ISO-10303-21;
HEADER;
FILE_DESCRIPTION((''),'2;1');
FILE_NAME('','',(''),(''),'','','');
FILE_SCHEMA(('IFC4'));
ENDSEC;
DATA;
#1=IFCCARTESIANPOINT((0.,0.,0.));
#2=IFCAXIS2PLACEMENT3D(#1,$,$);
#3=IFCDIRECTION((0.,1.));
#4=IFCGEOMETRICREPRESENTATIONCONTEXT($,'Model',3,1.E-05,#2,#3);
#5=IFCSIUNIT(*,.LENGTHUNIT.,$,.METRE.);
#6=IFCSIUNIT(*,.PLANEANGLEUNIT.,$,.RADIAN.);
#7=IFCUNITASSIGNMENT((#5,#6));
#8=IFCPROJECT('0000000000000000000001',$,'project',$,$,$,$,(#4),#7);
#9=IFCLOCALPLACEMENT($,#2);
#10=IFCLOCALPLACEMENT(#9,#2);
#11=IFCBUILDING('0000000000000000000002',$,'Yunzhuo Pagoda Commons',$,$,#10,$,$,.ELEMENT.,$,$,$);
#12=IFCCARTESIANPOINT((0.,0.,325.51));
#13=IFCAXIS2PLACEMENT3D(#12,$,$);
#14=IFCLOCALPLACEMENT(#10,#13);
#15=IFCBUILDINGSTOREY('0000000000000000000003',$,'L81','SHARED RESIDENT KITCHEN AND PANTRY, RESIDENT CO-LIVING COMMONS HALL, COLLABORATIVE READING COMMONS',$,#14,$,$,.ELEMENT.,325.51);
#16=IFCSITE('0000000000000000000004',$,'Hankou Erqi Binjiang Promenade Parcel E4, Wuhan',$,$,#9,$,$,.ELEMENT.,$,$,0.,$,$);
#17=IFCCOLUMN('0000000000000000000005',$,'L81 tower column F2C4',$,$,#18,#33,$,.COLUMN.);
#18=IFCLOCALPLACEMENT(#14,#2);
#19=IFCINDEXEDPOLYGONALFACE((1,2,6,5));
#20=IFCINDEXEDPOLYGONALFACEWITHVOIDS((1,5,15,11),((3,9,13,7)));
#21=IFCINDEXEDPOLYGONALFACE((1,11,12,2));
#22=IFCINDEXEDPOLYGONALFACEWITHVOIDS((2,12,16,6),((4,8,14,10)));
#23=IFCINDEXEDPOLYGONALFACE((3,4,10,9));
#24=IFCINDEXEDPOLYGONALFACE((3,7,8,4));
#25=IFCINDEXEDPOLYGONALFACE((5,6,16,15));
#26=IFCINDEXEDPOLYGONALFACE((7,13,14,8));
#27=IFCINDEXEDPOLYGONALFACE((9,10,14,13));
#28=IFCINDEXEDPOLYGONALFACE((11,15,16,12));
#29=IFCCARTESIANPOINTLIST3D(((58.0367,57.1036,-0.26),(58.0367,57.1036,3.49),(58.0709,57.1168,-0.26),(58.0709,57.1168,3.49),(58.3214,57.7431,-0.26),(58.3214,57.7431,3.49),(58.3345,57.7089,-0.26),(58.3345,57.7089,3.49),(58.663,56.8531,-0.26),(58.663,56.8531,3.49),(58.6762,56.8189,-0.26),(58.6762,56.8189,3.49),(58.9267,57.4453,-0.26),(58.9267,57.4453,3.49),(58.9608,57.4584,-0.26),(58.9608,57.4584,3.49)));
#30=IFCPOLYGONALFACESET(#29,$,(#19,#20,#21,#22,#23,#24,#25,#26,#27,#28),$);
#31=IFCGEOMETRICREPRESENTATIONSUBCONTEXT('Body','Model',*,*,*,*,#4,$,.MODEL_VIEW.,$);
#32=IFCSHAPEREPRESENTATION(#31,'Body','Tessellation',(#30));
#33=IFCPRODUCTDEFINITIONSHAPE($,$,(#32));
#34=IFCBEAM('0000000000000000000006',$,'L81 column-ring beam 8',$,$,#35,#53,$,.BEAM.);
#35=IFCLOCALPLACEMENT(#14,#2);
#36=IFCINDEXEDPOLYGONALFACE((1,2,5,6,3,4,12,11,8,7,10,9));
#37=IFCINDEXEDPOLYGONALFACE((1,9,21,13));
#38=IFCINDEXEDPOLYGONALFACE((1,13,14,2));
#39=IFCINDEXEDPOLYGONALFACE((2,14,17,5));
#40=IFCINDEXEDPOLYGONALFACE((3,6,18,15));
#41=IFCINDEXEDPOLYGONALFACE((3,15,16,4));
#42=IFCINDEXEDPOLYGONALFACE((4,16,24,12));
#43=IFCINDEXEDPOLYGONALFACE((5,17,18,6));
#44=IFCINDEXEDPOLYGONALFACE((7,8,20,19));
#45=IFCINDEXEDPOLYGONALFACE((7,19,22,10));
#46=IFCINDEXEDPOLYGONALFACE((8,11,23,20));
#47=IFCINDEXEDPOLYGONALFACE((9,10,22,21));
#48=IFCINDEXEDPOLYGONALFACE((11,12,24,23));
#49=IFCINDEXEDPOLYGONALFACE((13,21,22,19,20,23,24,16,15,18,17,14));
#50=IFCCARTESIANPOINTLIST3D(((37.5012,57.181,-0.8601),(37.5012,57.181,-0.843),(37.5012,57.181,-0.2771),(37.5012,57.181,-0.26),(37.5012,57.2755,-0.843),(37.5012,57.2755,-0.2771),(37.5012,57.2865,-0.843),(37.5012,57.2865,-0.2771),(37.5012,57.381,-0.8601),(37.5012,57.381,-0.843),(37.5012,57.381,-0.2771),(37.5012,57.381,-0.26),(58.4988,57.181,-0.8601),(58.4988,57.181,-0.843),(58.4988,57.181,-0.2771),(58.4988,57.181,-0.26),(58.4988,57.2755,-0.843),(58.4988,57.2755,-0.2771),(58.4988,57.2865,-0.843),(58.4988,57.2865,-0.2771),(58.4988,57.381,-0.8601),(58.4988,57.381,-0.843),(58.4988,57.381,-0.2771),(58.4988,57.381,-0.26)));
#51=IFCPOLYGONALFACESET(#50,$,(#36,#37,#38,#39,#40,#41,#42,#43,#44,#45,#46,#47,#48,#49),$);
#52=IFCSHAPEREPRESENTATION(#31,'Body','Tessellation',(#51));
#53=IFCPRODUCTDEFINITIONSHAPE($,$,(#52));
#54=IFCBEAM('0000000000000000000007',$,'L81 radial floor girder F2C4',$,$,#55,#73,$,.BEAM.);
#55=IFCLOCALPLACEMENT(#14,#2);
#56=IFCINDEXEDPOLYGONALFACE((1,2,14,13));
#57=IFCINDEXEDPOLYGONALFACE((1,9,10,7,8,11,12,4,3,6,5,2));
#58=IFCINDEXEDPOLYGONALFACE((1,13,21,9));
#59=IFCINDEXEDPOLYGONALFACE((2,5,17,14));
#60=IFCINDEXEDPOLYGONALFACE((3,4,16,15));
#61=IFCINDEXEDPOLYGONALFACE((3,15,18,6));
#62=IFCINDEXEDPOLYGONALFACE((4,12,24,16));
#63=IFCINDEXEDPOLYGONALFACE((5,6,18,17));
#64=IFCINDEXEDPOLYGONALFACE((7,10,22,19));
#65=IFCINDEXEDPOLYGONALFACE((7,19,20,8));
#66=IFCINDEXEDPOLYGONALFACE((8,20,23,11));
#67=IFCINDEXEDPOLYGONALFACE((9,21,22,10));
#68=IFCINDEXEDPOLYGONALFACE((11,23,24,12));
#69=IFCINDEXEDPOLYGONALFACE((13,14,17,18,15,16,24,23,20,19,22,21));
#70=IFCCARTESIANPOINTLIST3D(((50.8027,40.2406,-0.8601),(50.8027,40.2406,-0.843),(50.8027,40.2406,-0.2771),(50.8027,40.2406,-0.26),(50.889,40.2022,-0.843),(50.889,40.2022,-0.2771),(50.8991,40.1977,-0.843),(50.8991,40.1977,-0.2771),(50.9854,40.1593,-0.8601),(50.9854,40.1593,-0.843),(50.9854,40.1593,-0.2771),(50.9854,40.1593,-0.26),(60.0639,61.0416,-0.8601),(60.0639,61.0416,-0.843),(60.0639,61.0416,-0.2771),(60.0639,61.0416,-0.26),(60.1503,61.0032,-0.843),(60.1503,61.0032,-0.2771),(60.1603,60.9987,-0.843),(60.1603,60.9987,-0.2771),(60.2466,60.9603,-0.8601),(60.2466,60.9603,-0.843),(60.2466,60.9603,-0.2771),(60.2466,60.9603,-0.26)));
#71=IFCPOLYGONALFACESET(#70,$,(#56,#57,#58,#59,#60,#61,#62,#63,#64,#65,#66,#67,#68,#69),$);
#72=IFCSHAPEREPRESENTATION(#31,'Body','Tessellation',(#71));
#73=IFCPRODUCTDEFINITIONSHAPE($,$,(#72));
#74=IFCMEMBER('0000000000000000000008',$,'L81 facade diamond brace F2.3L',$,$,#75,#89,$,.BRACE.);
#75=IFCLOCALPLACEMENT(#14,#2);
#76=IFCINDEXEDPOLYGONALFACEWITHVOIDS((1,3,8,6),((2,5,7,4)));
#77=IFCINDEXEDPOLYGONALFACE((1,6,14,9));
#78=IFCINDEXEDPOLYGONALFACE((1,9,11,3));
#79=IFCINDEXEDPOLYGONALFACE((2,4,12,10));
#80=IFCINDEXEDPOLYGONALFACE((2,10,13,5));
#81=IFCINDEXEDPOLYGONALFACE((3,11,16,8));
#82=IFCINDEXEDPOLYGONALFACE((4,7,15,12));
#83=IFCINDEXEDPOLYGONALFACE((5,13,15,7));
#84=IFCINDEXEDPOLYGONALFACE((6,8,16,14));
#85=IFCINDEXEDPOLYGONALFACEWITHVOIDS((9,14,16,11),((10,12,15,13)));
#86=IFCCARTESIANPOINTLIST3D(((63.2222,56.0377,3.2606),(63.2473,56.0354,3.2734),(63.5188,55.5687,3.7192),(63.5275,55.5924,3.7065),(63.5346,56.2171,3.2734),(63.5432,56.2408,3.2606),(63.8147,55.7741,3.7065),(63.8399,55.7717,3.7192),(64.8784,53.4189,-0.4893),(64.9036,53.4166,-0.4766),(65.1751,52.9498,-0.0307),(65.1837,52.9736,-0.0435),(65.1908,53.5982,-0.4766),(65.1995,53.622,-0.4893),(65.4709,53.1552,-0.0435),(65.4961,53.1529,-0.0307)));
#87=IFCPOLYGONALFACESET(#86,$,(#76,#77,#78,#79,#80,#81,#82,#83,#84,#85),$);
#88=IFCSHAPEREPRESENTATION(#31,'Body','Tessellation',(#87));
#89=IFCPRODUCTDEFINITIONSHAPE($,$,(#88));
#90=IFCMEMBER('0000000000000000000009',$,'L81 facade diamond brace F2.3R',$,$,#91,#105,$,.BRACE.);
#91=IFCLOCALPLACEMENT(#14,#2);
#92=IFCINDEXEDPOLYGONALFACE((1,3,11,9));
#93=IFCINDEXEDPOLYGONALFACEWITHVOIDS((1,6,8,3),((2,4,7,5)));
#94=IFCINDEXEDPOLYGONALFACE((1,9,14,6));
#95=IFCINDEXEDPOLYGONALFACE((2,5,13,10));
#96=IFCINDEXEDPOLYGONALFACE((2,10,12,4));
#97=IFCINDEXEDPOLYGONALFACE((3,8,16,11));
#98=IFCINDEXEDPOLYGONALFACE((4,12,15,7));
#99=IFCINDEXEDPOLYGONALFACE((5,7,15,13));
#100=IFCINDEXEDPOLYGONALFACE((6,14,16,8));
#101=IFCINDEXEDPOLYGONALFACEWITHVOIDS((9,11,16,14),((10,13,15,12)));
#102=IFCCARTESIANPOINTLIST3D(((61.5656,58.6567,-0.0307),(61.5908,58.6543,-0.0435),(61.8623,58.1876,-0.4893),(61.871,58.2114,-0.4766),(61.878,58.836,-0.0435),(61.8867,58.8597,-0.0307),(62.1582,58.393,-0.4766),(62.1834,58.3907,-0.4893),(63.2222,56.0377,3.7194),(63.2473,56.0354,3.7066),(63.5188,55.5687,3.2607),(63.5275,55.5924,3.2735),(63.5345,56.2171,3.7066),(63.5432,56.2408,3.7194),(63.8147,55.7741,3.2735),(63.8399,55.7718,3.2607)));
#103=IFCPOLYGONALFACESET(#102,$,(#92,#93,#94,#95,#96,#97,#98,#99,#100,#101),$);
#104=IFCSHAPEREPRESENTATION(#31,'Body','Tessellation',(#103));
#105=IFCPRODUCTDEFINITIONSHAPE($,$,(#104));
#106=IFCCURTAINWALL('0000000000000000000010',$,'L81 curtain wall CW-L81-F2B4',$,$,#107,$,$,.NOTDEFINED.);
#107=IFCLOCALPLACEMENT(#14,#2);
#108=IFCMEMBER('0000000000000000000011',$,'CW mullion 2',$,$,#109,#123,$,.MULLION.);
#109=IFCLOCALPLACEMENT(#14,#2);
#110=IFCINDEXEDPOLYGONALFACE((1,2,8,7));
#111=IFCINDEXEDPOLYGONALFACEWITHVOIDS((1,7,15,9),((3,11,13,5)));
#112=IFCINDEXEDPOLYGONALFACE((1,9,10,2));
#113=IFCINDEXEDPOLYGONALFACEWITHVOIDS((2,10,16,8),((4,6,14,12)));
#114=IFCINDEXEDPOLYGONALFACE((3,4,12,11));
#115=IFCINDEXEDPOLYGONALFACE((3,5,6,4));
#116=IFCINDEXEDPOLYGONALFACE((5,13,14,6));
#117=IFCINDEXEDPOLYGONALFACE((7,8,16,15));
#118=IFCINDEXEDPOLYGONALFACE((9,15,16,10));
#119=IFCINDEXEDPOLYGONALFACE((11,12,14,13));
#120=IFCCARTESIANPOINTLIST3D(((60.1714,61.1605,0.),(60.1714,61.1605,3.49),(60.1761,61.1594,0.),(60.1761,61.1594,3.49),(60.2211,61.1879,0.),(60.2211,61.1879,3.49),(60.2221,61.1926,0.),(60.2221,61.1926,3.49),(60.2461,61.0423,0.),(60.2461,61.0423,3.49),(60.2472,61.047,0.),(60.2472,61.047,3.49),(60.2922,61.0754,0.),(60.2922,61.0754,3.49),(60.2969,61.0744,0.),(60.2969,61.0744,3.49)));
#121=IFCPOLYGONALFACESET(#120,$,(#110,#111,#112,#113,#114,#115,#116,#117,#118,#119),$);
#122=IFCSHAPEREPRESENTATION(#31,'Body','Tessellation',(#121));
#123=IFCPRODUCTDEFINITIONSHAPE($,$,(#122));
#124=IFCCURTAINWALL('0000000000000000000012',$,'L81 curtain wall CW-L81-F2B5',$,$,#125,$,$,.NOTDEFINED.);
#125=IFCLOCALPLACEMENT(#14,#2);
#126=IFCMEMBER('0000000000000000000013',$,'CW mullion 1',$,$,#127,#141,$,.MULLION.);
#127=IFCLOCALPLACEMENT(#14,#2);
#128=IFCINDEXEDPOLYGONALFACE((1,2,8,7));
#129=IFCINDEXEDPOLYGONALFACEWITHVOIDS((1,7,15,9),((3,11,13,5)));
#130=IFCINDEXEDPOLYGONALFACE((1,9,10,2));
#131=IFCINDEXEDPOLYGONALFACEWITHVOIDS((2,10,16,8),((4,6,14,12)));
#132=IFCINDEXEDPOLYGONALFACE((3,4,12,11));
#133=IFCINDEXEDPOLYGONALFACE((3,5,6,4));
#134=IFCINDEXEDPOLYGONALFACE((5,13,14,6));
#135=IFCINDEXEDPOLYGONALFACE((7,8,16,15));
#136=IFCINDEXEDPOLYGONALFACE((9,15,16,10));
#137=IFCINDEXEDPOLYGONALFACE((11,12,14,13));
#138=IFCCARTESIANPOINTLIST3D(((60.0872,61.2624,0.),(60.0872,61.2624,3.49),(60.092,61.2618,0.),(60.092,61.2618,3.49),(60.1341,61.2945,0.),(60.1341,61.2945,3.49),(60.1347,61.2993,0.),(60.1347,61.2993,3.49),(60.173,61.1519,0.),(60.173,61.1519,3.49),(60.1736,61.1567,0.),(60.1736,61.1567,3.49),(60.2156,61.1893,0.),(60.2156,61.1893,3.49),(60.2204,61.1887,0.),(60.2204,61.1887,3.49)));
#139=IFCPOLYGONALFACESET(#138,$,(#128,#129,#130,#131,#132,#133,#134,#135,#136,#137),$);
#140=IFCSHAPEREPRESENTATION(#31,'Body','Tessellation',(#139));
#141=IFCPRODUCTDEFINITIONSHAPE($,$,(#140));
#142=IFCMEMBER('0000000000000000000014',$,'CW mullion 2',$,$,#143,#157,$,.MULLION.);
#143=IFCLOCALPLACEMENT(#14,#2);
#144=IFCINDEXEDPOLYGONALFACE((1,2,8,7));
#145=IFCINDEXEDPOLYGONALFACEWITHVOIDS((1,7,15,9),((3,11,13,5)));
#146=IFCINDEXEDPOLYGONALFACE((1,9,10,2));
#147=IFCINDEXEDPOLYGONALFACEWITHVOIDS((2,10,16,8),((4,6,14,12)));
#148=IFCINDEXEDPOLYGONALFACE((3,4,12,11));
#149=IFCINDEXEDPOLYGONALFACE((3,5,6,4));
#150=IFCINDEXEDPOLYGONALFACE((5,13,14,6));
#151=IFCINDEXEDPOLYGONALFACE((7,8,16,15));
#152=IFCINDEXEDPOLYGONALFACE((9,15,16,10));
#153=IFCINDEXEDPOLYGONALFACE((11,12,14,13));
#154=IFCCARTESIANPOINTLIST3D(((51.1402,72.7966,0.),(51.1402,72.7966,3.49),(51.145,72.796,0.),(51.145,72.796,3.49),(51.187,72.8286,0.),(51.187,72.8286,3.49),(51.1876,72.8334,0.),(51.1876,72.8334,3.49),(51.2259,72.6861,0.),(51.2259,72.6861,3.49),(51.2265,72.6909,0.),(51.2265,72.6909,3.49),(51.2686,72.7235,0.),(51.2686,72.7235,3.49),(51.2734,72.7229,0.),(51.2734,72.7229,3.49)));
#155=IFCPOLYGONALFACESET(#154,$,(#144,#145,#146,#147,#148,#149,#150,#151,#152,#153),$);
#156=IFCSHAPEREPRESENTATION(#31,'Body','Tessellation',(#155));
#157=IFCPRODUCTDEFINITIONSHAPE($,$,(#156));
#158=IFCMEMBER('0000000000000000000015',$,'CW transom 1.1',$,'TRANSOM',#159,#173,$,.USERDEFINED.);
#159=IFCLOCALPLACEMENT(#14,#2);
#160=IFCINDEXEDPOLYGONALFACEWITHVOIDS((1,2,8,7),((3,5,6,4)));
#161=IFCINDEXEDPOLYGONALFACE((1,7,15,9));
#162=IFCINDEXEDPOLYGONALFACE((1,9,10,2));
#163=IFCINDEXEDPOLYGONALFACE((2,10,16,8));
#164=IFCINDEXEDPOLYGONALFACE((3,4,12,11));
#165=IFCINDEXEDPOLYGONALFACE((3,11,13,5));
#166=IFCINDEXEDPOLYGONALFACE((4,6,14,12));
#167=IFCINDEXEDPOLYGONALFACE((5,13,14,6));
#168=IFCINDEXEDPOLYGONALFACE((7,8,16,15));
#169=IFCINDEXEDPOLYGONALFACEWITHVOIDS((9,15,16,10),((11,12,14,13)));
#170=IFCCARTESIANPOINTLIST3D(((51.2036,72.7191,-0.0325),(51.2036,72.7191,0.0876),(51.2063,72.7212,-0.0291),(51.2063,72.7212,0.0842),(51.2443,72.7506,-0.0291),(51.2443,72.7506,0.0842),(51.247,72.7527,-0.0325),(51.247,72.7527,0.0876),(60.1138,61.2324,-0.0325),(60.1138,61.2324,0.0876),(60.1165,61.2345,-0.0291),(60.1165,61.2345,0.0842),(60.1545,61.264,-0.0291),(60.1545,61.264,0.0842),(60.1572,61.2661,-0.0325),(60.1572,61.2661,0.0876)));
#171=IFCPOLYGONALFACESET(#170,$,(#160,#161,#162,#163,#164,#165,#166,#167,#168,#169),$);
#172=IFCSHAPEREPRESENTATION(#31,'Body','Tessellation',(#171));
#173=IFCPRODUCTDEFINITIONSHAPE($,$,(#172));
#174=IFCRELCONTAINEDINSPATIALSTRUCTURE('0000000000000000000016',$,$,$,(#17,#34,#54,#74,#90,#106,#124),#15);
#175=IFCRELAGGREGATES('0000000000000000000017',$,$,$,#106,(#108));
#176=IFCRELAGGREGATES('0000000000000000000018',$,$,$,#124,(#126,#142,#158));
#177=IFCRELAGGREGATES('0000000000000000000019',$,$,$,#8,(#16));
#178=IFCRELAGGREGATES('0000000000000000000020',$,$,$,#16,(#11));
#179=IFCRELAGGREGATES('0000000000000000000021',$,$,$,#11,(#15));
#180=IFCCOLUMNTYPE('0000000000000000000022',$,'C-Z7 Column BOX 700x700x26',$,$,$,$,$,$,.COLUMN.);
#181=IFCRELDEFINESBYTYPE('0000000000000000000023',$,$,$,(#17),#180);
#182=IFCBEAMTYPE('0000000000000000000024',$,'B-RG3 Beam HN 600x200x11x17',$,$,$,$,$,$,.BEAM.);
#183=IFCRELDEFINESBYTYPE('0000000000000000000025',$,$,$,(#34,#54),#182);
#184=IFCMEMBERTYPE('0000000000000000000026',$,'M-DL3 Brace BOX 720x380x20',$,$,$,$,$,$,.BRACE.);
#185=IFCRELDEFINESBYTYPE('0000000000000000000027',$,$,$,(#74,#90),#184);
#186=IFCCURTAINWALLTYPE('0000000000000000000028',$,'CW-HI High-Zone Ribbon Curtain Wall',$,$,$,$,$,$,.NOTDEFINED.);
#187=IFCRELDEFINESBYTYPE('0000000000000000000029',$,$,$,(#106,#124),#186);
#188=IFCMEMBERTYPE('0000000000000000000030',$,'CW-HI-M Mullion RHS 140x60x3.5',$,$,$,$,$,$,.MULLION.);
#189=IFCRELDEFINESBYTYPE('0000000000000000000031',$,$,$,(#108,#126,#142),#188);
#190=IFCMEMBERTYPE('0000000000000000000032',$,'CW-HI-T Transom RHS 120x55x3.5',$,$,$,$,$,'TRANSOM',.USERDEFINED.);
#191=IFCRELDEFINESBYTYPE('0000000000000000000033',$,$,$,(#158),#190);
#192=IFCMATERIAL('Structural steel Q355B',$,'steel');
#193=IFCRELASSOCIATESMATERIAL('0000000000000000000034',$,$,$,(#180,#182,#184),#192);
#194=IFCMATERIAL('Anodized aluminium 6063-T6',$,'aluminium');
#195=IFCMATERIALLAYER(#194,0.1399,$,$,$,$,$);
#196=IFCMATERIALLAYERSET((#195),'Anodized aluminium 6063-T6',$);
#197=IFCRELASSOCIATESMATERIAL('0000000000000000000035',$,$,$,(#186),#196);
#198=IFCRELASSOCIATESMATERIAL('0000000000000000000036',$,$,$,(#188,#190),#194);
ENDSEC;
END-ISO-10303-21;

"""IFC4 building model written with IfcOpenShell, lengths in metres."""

from ifc_helpers import new_model, si_unit, direction, frame, origin, origin_2d, place, context, subcontext, project, spatial, hollow_rectangle, i_section, extrude, source, transform, mapped, material, layer, layer_set, material_profile, profile_set, type_object, element, aggregate, save


model = new_model("IFC4")

# Units and contexts
model_context = context("Model", 3, precision=1e-05, world=origin(), true_north=direction((0.0, 1.0)))
body_context = subcontext(model_context, "Body", "Model", "MODEL_VIEW")
ifc_project = project(units=[si_unit("LENGTHUNIT", "METRE"), si_unit("PLANEANGLEUNIT", "RADIAN")], contexts=[model_context])

# Site, building, storey
site_placement = place(None, origin())
site = spatial("IfcSite", under=ifc_project, at=site_placement, Name="Hankou Erqi Binjiang Promenade Parcel E4, Wuhan", CompositionType="ELEMENT", RefElevation=0.0)
building_placement = place(site_placement, origin())
building = spatial("IfcBuilding", under=site, at=building_placement, Name="Yunzhuo Pagoda Commons", CompositionType="ELEMENT")
storey_placement = place(building_placement, frame((0.0, 0.0, 325.51)))
storey = spatial("IfcBuildingStorey", under=building, at=storey_placement, Name="L81", Description="SHARED RESIDENT KITCHEN AND PANTRY, RESIDENT CO-LIVING COMMONS HALL, COLLABORATIVE READING COMMONS", CompositionType="ELEMENT", Elevation=325.51)

# Column
ifc_material_1 = material(Name="Structural steel Q355B", Category="steel")
ifc_material_profile_1 = material_profile(ifc_material_1, hollow_rectangle(XDim=0.7, YDim=0.7, WallThickness=0.0259, at=origin_2d()), Name="Structural steel Q355B")
ifc_profile_set_1 = profile_set([ifc_material_profile_1], Name="Structural steel Q355B")
column_type = type_object("IfcColumnType", Name="C-Z7 Column BOX 700x700x26", PredefinedType="COLUMN", material=ifc_profile_set_1)
shared_shape_1 = source(origin(), body_context, "Body", "SweptSolid", [
    extrude(hollow_rectangle(XDim=0.7, YDim=0.7, WallThickness=0.0259, at=origin_2d()), origin(), (0.0, 0.0, 1.0), 3.75),
])
column_placement = place(storey_placement, frame((58.4988, 57.281, -0.26), z_axis=(0.0, 0.0, 1.0), x_axis=(-0.913545, 0.406737, 0.0)))
element("IfcColumn", 1, at=column_placement, inside=storey, type_object=column_type, Name="L81 tower column F2C4", PredefinedType="COLUMN", context=body_context, shape_type="MappedRepresentation", body=[
    mapped(shared_shape_1, transform((0.0, 0.0, 0.0), scale=1.0)),
])

# Beams
ifc_material_profile_2 = material_profile(ifc_material_1, i_section(OverallWidth=0.2, OverallDepth=0.6001, WebThickness=0.011, FlangeThickness=0.0171, at=origin_2d()), Name="Structural steel Q355B")
ifc_profile_set_2 = profile_set([ifc_material_profile_2], Name="Structural steel Q355B")
beam_type = type_object("IfcBeamType", Name="B-RG3 Beam HN 600x200x11x17", PredefinedType="BEAM", material=ifc_profile_set_2)
shared_shape_2 = source(origin(), body_context, "Body", "SweptSolid", [
    extrude(i_section(OverallWidth=0.2, OverallDepth=0.6001, WebThickness=0.011, FlangeThickness=0.0171, at=origin_2d()), origin(), (0.0, 0.0, 1.0), 20.9976),
])
beam_1_placement = place(storey_placement, frame((58.4988, 57.281, -0.5601), z_axis=(-1.0, 0.0, 0.0), x_axis=(0.0, -1.0, 0.0)))
element("IfcBeam", 2, at=beam_1_placement, inside=storey, type_object=beam_type, Name="L81 column-ring beam 8", PredefinedType="BEAM", context=body_context, shape_type="MappedRepresentation", body=[
    mapped(shared_shape_2, transform((0.0, 0.0, 0.0), scale=1.0)),
])
shared_shape_3 = source(origin(), body_context, "Body", "SweptSolid", [
    extrude(i_section(OverallWidth=0.2, OverallDepth=0.6001, WebThickness=0.011, FlangeThickness=0.0171, at=origin_2d()), origin(), (0.0, 0.0, 1.0), 22.7695),
])
beam_2_placement = place(storey_placement, frame((60.1553, 61.001, -0.5601), z_axis=(-0.406737, -0.913545, 0.0), x_axis=(0.913545, -0.406737, 0.0)))
element("IfcBeam", 3, at=beam_2_placement, inside=storey, type_object=beam_type, Name="L81 radial floor girder F2C4", PredefinedType="BEAM", context=body_context, shape_type="MappedRepresentation", body=[
    mapped(shared_shape_3, transform((0.0, 0.0, 0.0), scale=1.0)),
])

# Members
ifc_material_profile_3 = material_profile(ifc_material_1, hollow_rectangle(XDim=0.3799, YDim=0.72, WallThickness=0.02, at=origin_2d()), Name="Structural steel Q355B")
ifc_profile_set_3 = profile_set([ifc_material_profile_3], Name="Structural steel Q355B")
member_type_1 = type_object("IfcMemberType", Name="M-DL3 Brace BOX 720x380x20", PredefinedType="BRACE", material=ifc_profile_set_3)
shared_shape_4 = source(origin(), body_context, "Body", "SweptSolid", [
    extrude(hollow_rectangle(XDim=0.3799, YDim=0.72, WallThickness=0.02, at=origin_2d()), origin(), (0.0, 0.0, 1.0), 4.8645),
])
member_1_placement = place(storey_placement, frame((65.1873, 53.2859, -0.26), z_axis=(-0.34047, 0.538359, 0.770876), x_axis=(-0.845167, -0.534503, 0.0)))
element("IfcMember", 4, at=member_1_placement, inside=storey, type_object=member_type_1, Name="L81 facade diamond brace F2.3L", PredefinedType="BRACE", context=body_context, shape_type="MappedRepresentation", body=[
    mapped(shared_shape_4, transform((0.0, 0.0, 0.0), scale=1.0)),
])
shared_shape_5 = source(origin(), body_context, "Body", "SweptSolid", [
    extrude(hollow_rectangle(XDim=0.3799, YDim=0.72, WallThickness=0.02, at=origin_2d()), origin(), (0.0, 0.0, 1.0), 4.8647),
])
member_2_placement = place(storey_placement, frame((61.8745, 58.5237, -0.26), z_axis=(0.340515, -0.538349, 0.770863), x_axis=(0.845131, 0.534559, 0.0)))
element("IfcMember", 5, at=member_2_placement, inside=storey, type_object=member_type_1, Name="L81 facade diamond brace F2.3R", PredefinedType="BRACE", context=body_context, shape_type="MappedRepresentation", body=[
    mapped(shared_shape_5, transform((0.0, 0.0, 0.0), scale=1.0)),
])

# Curtain wall, member
ifc_material_2 = material(Name="Anodized aluminium 6063-T6", Category="aluminium")
ifc_layer_1 = layer(ifc_material_2, 0.1399)
ifc_layer_set_1 = layer_set([ifc_layer_1], Name="Anodized aluminium 6063-T6")
curtain_wall_type = type_object("IfcCurtainWallType", Name="CW-HI High-Zone Ribbon Curtain Wall", PredefinedType="NOTDEFINED", material=ifc_layer_set_1)
curtain_wall_1_placement = place(storey_placement, origin())
curtain_wall_1 = element("IfcCurtainWall", 6, at=curtain_wall_1_placement, inside=storey, type_object=curtain_wall_type, Name="L81 curtain wall CW-L81-F2B4", PredefinedType="NOTDEFINED")
ifc_material_profile_4 = material_profile(ifc_material_2, hollow_rectangle(XDim=0.0601, YDim=0.1399, WallThickness=0.0034, at=origin_2d()), Name="Anodized aluminium 6063-T6")
ifc_profile_set_4 = profile_set([ifc_material_profile_4], Name="Anodized aluminium 6063-T6")
member_type_2 = type_object("IfcMemberType", Name="CW-HI-M Mullion RHS 140x60x3.5", PredefinedType="MULLION", material=ifc_profile_set_4)
shared_shape_6 = source(origin(), body_context, "Body", "SweptSolid", [
    extrude(hollow_rectangle(XDim=0.0601, YDim=0.1399, WallThickness=0.0034, at=origin_2d()), origin(), (0.0, 0.0, 1.0), 3.49),
])
member_3_placement = place(storey_placement, frame((60.2341, 61.1174, 0.0), z_axis=(0.0, 0.0, 1.0), x_axis=(-0.845149, -0.534531, 0.0)))
member_3 = element("IfcMember", 7, at=member_3_placement, type_object=member_type_2, Name="CW mullion 2", PredefinedType="MULLION", context=body_context, shape_type="MappedRepresentation", body=[
    mapped(shared_shape_6, transform((0.0, 0.0, 0.0), scale=1.0)),
])

# Curtain wall, members
curtain_wall_2_placement = place(storey_placement, origin())
curtain_wall_2 = element("IfcCurtainWall", 8, at=curtain_wall_2_placement, inside=storey, type_object=curtain_wall_type, Name="L81 curtain wall CW-L81-F2B5", PredefinedType="NOTDEFINED")
member_4_placement = place(storey_placement, frame((60.1538, 61.2256, 0.0), z_axis=(0.0, 0.0, 1.0), x_axis=(-0.790147, -0.612918, 0.0)))
member_4 = element("IfcMember", 9, at=member_4_placement, type_object=member_type_2, Name="CW mullion 1", PredefinedType="MULLION", context=body_context, shape_type="MappedRepresentation", body=[
    mapped(shared_shape_6, transform((0.0, 0.0, 0.0), scale=1.0)),
])
member_5_placement = place(storey_placement, frame((51.2068, 72.7598, 0.0), z_axis=(0.0, 0.0, 1.0), x_axis=(-0.790147, -0.612918, 0.0)))
member_5 = element("IfcMember", 10, at=member_5_placement, type_object=member_type_2, Name="CW mullion 2", PredefinedType="MULLION", context=body_context, shape_type="MappedRepresentation", body=[
    mapped(shared_shape_6, transform((0.0, 0.0, 0.0), scale=1.0)),
])
ifc_material_profile_5 = material_profile(ifc_material_2, hollow_rectangle(XDim=0.0549, YDim=0.1201, WallThickness=0.0034, at=origin_2d()), Name="Anodized aluminium 6063-T6")
ifc_profile_set_5 = profile_set([ifc_material_profile_5], Name="Anodized aluminium 6063-T6")
member_type_3 = type_object("IfcMemberType", Name="CW-HI-T Transom RHS 120x55x3.5", ElementType="TRANSOM", PredefinedType="USERDEFINED", material=ifc_profile_set_5)
shared_shape_7 = source(origin(), body_context, "Body", "SweptSolid", [
    extrude(hollow_rectangle(XDim=0.0549, YDim=0.1201, WallThickness=0.0034, at=origin_2d()), origin(), (0.0, 0.0, 1.0), 14.5374),
])
member_6_placement = place(storey_placement, frame((60.1355, 61.2493, 0.0276), z_axis=(-0.612918, 0.790146, 0.0), x_axis=(-0.790146, -0.612918, 0.0)))
member_6 = element("IfcMember", 11, at=member_6_placement, type_object=member_type_3, Name="CW transom 1.1", ObjectType="TRANSOM", PredefinedType="USERDEFINED", context=body_context, shape_type="MappedRepresentation", body=[
    mapped(shared_shape_7, transform((0.0, 0.0, 0.0), scale=1.0)),
])

aggregate(curtain_wall_1, [member_3])
aggregate(curtain_wall_2, [member_4, member_5, member_6])

save(model, "model.ifc")
